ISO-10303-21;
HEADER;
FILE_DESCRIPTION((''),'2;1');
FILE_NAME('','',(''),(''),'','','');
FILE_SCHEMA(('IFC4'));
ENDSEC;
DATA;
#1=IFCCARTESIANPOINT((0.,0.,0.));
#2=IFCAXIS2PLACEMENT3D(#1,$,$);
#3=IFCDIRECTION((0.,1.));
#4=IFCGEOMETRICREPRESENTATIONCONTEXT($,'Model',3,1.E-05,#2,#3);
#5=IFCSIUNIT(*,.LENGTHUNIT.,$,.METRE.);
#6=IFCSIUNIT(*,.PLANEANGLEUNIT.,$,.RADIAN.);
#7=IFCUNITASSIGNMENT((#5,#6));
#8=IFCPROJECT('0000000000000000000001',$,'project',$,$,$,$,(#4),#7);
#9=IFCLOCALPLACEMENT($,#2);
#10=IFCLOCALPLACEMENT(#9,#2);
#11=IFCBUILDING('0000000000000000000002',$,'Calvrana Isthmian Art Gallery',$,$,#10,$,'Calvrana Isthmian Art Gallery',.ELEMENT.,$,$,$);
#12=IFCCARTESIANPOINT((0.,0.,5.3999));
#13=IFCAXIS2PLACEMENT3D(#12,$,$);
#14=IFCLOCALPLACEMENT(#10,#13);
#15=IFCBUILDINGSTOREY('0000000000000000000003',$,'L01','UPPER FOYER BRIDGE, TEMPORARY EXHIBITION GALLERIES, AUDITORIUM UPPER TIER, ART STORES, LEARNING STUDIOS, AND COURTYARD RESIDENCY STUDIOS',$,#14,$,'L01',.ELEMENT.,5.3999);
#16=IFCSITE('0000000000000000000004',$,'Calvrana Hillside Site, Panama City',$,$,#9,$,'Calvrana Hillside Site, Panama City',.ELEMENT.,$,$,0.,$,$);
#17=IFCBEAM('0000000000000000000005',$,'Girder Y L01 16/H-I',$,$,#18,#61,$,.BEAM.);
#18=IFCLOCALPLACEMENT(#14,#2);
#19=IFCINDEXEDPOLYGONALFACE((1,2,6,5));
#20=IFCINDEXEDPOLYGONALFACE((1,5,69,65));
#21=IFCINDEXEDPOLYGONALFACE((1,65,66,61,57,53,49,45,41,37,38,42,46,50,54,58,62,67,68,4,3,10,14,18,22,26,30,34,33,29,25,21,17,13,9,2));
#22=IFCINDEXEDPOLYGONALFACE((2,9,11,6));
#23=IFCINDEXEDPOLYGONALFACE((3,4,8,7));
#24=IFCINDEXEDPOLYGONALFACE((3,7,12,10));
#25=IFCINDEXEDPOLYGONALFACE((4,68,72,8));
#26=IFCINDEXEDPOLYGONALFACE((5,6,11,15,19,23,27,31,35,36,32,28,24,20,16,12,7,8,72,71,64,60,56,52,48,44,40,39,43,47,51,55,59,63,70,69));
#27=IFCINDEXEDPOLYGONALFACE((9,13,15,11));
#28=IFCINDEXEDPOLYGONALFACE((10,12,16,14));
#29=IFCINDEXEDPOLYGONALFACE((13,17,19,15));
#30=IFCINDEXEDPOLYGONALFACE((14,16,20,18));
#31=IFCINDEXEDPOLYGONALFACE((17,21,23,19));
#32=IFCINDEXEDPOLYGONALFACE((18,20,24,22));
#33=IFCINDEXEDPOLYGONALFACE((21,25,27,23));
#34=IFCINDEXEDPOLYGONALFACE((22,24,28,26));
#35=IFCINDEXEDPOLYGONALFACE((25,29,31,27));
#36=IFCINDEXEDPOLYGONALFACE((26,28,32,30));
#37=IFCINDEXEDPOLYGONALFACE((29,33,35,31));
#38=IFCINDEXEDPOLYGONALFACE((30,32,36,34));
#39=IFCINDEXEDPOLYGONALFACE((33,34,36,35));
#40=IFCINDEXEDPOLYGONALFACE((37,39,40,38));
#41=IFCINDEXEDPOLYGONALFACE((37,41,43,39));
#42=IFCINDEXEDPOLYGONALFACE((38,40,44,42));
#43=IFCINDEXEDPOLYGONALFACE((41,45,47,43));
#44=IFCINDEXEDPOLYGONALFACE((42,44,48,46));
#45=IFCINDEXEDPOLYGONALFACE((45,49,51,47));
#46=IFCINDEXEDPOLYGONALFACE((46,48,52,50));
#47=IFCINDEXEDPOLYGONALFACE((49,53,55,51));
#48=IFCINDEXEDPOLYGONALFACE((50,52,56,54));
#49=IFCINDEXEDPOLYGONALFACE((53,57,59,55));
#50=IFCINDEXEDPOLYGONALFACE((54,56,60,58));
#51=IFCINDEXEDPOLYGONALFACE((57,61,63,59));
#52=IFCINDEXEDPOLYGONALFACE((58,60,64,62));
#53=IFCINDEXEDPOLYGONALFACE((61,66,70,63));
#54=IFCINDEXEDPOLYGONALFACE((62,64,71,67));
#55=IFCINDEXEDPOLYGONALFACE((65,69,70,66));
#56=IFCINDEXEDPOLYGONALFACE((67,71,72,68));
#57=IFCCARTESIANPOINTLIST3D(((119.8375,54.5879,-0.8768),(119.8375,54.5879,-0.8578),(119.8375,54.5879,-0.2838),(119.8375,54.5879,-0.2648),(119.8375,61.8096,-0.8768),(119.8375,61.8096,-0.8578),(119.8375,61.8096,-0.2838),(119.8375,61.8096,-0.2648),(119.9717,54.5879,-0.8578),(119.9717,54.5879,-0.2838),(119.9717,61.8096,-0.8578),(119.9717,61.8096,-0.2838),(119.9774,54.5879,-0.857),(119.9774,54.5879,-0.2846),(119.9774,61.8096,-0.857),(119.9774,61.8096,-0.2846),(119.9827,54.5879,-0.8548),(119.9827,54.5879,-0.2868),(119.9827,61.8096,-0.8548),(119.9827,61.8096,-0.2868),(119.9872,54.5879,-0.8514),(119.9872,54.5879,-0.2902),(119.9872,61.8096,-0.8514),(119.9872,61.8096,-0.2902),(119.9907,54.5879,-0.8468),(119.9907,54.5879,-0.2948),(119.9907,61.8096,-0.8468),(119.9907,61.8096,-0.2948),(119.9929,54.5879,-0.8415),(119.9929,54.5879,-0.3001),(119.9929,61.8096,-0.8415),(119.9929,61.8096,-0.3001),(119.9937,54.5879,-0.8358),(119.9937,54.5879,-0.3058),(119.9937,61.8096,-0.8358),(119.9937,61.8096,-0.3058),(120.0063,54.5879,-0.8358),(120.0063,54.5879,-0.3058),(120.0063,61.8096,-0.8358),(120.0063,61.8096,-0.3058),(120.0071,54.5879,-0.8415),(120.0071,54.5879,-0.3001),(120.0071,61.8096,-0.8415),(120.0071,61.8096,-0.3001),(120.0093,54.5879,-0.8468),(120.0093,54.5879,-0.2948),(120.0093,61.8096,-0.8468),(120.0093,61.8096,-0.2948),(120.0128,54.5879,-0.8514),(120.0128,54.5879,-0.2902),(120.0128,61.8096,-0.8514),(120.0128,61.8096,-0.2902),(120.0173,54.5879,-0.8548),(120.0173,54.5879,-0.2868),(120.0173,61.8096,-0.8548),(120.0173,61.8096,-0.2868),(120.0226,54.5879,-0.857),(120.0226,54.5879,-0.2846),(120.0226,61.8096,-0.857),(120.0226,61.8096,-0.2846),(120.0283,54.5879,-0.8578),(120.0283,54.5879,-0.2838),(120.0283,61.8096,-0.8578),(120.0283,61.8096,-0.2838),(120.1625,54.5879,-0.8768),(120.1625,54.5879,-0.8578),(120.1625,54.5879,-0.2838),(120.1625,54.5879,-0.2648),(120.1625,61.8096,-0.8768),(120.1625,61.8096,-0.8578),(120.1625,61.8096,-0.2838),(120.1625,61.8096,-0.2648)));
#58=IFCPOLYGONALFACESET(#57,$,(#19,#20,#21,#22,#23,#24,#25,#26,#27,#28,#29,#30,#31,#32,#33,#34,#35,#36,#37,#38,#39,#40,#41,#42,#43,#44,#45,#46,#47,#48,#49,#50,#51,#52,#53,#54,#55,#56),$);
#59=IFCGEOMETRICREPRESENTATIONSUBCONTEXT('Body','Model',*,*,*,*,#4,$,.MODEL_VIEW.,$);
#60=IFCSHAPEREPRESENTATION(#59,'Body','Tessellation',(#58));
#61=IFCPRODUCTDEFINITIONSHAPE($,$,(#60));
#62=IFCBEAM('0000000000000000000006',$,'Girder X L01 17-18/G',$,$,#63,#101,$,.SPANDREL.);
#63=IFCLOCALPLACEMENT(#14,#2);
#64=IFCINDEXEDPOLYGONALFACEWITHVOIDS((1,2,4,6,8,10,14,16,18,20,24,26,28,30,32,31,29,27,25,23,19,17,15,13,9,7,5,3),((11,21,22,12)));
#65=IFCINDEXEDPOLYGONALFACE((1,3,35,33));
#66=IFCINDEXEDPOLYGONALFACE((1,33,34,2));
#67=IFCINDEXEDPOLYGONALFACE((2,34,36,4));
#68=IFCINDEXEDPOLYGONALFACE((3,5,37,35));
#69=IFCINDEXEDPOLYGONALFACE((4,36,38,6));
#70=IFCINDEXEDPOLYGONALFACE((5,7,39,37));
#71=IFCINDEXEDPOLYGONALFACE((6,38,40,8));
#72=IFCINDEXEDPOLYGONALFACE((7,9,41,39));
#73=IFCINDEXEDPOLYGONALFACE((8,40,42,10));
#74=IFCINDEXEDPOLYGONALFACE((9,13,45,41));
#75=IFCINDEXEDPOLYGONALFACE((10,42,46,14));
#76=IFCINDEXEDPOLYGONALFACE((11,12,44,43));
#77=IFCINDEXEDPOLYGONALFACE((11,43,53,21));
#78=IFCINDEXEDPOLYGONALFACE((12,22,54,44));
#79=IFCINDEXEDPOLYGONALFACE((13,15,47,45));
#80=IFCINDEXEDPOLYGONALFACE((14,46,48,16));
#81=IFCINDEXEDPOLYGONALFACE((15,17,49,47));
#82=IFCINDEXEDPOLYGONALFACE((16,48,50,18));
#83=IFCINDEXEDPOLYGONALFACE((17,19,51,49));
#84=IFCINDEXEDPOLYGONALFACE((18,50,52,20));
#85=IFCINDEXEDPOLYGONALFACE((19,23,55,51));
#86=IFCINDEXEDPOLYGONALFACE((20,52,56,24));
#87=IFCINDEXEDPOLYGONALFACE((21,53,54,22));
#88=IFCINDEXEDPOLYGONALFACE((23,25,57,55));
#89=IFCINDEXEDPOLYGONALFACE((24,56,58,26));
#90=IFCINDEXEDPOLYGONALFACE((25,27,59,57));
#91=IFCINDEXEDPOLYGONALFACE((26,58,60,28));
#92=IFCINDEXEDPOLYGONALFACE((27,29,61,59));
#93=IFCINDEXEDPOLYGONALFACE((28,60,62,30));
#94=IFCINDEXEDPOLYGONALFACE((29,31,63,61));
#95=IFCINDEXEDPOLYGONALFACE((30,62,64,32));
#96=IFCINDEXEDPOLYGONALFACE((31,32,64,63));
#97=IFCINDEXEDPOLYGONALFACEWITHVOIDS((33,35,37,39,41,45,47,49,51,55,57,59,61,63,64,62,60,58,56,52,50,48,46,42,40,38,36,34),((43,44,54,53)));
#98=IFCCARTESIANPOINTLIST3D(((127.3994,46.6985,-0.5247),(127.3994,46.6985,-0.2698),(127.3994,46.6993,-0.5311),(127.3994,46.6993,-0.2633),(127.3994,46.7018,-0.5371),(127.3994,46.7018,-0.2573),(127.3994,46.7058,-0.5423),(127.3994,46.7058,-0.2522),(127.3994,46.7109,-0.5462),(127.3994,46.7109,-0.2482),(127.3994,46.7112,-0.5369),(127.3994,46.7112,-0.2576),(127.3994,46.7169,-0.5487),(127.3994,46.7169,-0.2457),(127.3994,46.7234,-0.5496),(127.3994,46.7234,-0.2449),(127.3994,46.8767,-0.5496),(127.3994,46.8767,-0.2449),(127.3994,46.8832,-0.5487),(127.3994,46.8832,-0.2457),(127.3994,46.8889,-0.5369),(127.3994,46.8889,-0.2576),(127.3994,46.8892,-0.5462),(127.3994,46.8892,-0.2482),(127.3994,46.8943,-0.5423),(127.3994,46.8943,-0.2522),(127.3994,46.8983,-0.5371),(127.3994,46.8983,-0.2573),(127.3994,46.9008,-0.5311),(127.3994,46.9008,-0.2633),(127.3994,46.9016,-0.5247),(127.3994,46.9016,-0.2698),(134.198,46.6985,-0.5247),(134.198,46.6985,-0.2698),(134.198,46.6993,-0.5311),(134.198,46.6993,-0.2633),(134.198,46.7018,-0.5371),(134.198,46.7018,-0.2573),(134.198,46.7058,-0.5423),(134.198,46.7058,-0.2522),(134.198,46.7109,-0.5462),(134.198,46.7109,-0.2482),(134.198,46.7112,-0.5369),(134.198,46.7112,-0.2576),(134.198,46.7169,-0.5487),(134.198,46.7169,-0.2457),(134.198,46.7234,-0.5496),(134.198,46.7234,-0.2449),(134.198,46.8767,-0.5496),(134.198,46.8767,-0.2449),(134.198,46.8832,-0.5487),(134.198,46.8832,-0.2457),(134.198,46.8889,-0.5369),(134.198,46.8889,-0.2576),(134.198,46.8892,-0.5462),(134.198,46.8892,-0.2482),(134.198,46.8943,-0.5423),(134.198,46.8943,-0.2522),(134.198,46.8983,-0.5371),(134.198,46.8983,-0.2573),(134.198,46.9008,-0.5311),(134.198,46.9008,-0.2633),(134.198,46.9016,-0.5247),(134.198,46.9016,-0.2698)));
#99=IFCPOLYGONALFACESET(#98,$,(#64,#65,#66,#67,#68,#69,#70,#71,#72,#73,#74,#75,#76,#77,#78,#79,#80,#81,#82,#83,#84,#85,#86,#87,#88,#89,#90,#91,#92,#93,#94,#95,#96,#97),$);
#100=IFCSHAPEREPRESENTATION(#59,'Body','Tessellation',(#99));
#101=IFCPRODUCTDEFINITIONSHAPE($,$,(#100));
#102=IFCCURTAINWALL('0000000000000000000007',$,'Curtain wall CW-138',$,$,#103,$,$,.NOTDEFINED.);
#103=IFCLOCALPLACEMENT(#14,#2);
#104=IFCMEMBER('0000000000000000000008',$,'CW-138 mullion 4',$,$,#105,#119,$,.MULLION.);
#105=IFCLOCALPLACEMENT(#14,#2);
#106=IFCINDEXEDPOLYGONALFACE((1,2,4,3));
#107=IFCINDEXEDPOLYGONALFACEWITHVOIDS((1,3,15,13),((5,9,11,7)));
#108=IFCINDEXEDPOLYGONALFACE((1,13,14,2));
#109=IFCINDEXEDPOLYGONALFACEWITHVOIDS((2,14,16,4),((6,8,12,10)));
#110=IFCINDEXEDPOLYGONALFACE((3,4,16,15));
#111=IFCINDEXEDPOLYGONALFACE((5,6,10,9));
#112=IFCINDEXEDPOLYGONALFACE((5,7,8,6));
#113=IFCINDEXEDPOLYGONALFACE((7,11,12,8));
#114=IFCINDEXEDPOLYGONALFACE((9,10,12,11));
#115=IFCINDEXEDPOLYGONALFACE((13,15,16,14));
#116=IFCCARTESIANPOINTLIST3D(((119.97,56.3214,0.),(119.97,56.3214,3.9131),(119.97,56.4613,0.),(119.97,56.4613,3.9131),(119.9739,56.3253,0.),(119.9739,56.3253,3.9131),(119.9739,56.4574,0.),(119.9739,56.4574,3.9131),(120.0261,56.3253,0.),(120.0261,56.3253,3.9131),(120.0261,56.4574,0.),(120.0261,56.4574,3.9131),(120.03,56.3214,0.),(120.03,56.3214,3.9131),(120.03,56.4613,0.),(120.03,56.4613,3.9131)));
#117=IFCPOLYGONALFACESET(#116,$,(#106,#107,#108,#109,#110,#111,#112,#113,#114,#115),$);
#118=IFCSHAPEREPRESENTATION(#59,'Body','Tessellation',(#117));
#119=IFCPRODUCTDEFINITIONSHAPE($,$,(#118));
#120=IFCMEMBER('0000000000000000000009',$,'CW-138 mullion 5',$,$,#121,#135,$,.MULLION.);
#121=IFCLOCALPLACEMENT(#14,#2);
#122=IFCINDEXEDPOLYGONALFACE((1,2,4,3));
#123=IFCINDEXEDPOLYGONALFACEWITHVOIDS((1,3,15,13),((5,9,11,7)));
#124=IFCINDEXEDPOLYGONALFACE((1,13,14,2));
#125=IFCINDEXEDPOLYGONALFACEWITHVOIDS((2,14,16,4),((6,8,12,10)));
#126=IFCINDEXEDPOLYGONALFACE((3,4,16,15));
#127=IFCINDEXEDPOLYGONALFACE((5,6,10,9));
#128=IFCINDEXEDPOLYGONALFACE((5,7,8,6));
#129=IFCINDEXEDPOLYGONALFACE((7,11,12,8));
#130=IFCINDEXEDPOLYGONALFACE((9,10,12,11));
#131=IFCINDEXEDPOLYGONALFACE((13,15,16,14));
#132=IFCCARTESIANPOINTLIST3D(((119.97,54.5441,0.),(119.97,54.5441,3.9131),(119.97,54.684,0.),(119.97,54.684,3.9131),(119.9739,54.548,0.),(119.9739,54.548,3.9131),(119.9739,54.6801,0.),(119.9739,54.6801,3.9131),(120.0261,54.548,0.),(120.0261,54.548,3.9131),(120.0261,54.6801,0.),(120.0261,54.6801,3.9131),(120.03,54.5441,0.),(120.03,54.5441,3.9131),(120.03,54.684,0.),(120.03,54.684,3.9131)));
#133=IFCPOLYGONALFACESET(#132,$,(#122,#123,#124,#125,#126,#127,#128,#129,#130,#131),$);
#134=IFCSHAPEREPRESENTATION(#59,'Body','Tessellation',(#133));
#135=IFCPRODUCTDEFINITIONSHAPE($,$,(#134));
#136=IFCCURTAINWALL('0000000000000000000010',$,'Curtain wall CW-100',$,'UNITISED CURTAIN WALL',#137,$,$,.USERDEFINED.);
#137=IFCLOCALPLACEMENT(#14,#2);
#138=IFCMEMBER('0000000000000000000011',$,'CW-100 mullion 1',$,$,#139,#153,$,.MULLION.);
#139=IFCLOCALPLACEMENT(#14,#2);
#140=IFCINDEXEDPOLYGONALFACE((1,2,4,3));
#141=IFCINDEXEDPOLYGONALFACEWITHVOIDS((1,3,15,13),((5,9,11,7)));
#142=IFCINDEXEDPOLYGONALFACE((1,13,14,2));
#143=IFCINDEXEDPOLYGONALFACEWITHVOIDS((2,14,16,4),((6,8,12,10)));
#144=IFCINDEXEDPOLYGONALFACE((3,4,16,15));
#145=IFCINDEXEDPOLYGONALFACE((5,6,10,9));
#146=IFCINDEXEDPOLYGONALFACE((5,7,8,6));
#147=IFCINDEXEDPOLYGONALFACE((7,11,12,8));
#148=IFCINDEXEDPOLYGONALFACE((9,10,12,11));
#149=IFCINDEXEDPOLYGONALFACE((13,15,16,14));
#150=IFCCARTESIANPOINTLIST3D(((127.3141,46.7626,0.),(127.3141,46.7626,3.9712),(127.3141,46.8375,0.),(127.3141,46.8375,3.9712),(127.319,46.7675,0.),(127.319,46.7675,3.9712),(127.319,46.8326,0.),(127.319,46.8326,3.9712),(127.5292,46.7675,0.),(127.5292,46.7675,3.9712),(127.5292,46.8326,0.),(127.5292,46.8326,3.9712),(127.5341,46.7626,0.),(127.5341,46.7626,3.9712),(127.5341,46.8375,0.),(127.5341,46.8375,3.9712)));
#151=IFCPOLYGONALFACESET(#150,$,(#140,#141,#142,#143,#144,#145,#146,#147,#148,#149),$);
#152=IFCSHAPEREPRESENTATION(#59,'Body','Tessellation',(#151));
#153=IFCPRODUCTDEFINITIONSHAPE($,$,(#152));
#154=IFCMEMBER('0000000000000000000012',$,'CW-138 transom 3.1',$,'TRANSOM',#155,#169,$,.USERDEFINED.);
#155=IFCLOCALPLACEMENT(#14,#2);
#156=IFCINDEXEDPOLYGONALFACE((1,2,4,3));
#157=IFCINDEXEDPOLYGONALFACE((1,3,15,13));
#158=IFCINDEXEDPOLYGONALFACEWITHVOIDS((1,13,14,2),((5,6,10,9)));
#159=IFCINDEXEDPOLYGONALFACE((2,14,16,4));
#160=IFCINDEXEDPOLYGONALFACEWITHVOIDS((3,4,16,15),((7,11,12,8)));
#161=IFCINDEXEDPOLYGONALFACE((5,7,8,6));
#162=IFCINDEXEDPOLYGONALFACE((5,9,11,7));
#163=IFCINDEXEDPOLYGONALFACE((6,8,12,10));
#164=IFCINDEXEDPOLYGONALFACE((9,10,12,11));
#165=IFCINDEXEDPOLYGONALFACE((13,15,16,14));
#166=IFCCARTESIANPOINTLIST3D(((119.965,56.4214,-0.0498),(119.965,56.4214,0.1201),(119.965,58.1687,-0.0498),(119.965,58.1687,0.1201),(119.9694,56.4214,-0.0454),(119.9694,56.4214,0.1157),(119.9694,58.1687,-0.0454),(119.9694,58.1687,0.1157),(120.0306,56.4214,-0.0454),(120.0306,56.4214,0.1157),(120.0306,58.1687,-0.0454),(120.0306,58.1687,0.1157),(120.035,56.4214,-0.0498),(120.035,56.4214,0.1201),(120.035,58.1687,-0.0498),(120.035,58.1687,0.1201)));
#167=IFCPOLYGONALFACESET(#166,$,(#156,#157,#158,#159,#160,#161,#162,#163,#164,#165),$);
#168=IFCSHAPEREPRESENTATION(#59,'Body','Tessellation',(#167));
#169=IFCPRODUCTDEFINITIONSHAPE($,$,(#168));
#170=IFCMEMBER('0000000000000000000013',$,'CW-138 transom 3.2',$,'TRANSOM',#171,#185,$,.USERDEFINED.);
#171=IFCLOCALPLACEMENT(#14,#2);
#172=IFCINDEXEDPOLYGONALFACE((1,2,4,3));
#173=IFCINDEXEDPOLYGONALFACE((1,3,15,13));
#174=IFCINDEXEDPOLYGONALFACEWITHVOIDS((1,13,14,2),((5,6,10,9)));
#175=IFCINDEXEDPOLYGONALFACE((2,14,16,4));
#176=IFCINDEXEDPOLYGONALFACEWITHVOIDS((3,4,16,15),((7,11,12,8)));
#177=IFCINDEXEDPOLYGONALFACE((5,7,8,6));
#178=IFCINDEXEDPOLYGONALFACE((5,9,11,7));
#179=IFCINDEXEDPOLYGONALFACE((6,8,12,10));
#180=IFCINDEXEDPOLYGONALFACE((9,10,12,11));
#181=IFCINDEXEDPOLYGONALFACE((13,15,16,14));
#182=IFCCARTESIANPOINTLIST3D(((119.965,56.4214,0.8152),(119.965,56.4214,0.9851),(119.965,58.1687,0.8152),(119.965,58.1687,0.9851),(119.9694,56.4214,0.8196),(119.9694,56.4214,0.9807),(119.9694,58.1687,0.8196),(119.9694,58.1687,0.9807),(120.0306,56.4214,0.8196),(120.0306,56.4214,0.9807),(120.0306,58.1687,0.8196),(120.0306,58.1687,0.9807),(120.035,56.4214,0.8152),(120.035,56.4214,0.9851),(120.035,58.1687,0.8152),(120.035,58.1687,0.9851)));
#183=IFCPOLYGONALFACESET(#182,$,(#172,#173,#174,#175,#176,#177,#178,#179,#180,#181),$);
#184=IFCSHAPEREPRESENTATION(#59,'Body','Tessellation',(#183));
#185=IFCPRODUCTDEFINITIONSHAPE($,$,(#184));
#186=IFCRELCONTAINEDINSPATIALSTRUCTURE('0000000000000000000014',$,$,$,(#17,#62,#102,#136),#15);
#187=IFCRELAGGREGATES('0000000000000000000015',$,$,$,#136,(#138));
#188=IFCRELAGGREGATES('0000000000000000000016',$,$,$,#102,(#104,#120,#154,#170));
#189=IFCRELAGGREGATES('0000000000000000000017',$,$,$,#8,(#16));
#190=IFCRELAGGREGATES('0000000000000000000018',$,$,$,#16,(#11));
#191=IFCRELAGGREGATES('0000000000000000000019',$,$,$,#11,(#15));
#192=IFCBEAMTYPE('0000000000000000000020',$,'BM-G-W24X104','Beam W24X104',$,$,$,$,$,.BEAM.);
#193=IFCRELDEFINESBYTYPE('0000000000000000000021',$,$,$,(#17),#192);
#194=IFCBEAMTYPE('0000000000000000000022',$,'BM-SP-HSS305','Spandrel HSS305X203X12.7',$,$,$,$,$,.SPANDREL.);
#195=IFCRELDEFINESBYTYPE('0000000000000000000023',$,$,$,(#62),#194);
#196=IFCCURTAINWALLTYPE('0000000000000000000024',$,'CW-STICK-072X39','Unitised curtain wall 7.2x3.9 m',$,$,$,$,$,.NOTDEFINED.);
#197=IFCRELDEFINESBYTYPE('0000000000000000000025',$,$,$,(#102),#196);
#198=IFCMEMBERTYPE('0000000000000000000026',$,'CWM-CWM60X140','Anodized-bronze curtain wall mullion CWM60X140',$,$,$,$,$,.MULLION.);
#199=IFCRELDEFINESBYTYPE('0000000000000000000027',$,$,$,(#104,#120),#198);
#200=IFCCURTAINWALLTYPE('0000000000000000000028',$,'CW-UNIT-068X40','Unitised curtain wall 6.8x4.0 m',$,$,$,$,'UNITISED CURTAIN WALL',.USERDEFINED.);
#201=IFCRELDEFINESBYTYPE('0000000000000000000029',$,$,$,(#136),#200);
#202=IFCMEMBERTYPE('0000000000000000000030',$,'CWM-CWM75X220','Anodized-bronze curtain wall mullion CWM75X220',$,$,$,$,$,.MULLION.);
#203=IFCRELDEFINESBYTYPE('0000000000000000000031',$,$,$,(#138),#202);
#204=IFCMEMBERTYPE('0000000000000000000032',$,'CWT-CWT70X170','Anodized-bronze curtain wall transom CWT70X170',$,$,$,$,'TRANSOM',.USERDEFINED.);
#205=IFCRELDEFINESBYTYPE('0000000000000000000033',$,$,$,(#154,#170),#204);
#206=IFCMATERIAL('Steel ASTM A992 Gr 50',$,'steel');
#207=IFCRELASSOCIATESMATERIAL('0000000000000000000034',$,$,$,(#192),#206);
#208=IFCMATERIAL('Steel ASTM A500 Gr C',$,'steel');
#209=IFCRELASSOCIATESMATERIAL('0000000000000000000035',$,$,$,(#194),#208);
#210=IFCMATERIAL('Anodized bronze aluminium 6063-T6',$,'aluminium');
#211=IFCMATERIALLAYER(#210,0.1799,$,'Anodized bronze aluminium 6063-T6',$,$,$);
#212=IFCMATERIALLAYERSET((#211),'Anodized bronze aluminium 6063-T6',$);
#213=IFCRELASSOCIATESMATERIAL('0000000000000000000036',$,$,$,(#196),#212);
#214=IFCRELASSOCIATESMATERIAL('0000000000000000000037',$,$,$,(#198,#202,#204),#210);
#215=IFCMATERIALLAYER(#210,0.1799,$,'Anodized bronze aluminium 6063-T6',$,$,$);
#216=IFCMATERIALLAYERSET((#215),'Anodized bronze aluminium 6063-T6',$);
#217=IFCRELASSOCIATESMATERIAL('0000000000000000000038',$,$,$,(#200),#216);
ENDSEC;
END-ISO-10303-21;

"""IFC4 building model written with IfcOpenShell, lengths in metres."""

from ifc_helpers import new_model, si_unit, direction, frame, origin, origin_2d, place, context, subcontext, project, spatial, hollow_rectangle, i_section, extrude, material, layer, layer_set, material_profile, profile_set, type_object, element, aggregate, save


model = new_model("IFC4")

# Units and contexts
model_context = context("Model", 3, precision=1e-05, world=origin(), true_north=direction((0.0, 1.0)))
body_context = subcontext(model_context, "Body", "Model", "MODEL_VIEW")
ifc_project = project(units=[si_unit("LENGTHUNIT", "METRE"), si_unit("PLANEANGLEUNIT", "RADIAN")], contexts=[model_context])

# Site, building, storey
site_placement = place(None, origin())
site = spatial("IfcSite", under=ifc_project, at=site_placement, Name="Calvrana Hillside Site, Panama City", LongName="Calvrana Hillside Site, Panama City", CompositionType="ELEMENT", RefElevation=0.0)
building_placement = place(site_placement, origin())
building = spatial("IfcBuilding", under=site, at=building_placement, Name="Calvrana Isthmian Art Gallery", LongName="Calvrana Isthmian Art Gallery", CompositionType="ELEMENT")
storey_placement = place(building_placement, frame((0.0, 0.0, 5.3999)))
storey = spatial("IfcBuildingStorey", under=building, at=storey_placement, Name="L01", Description="UPPER FOYER BRIDGE, TEMPORARY EXHIBITION GALLERIES, AUDITORIUM UPPER TIER, ART STORES, LEARNING STUDIOS, AND COURTYARD RESIDENCY STUDIOS", LongName="L01", CompositionType="ELEMENT", Elevation=5.3999)

# Shared definitions
ifc_material_1 = material(Name="Steel ASTM A992 Gr 50", Category="steel")

# Beams
ifc_material_profile_1 = material_profile(ifc_material_1, i_section(OverallWidth=0.325, OverallDepth=0.6121, WebThickness=0.0127, FlangeThickness=0.019, FilletRadius=0.022, at=origin_2d()), Name="W24X104")
ifc_profile_set_1 = profile_set([ifc_material_profile_1], Name="Steel ASTM A992 Gr 50")
beam_type_1 = type_object("IfcBeamType", Name="BM-G-W24X104", Description="Beam W24X104", PredefinedType="BEAM", material=ifc_profile_set_1)
beam_1_placement = place(storey_placement, frame((120.0, 54.5879, -0.5708), z_axis=(0.0, 1.0, 0.0), x_axis=(-1.0, 0.0, 0.0)))
element("IfcBeam", 1, at=beam_1_placement, inside=storey, type_object=beam_type_1, Name="Girder Y L01 16/H-I", PredefinedType="BEAM", context=body_context, shape_type="SweptSolid", body=[
    extrude(i_section(OverallWidth=0.325, OverallDepth=0.6121, WebThickness=0.0127, FlangeThickness=0.019, FilletRadius=0.022, at=origin_2d()), origin(), (0.0, 0.0, 1.0), 7.2217),
])
ifc_material_2 = material(Name="Steel ASTM A500 Gr C", Category="steel")
ifc_material_profile_2 = material_profile(ifc_material_2, hollow_rectangle(XDim=0.2031, YDim=0.3047, WallThickness=0.0127, OuterFilletRadius=0.0249, at=origin_2d()), Name="HSS305X203X12.7")
ifc_profile_set_2 = profile_set([ifc_material_profile_2], Name="Steel ASTM A500 Gr C")
beam_type_2 = type_object("IfcBeamType", Name="BM-SP-HSS305", Description="Spandrel HSS305X203X12.7", PredefinedType="SPANDREL", material=ifc_profile_set_2)
beam_2_placement = place(storey_placement, frame((127.3994, 46.8, -0.3972), z_axis=(1.0, 0.0, 0.0), x_axis=(0.0, 1.0, 0.0)))
element("IfcBeam", 2, at=beam_2_placement, inside=storey, type_object=beam_type_2, Name="Girder X L01 17-18/G", PredefinedType="SPANDREL", context=body_context, shape_type="SweptSolid", body=[
    extrude(hollow_rectangle(XDim=0.2031, YDim=0.3047, WallThickness=0.0127, OuterFilletRadius=0.0249, at=origin_2d()), origin(), (0.0, 0.0, 1.0), 6.7986),
])

# Curtain wall, members
ifc_material_3 = material(Name="Anodized bronze aluminium 6063-T6", Category="aluminium")
ifc_layer_1 = layer(ifc_material_3, 0.1799, Name="Anodized bronze aluminium 6063-T6")
ifc_layer_set_1 = layer_set([ifc_layer_1], Name="Anodized bronze aluminium 6063-T6")
curtain_wall_type_1 = type_object("IfcCurtainWallType", Name="CW-STICK-072X39", Description="Unitised curtain wall 7.2x3.9 m", PredefinedType="NOTDEFINED", material=ifc_layer_set_1)
curtain_wall_1_placement = place(storey_placement, origin())
curtain_wall_1 = element("IfcCurtainWall", 3, at=curtain_wall_1_placement, inside=storey, type_object=curtain_wall_type_1, Name="Curtain wall CW-138", PredefinedType="NOTDEFINED")
ifc_material_profile_3 = material_profile(ifc_material_3, hollow_rectangle(XDim=0.0601, YDim=0.1399, WallThickness=0.0039, at=origin_2d()), Name="CWM60X140")
ifc_profile_set_3 = profile_set([ifc_material_profile_3], Name="Anodized bronze aluminium 6063-T6")
member_type_1 = type_object("IfcMemberType", Name="CWM-CWM60X140", Description="Anodized-bronze curtain wall mullion CWM60X140", PredefinedType="MULLION", material=ifc_profile_set_3)
member_1_placement = place(storey_placement, frame((120.0, 56.3914, 0.0), z_axis=(0.0, 0.0, 1.0), x_axis=(1.0, 0.0, 0.0)))
member_1 = element("IfcMember", 4, at=member_1_placement, type_object=member_type_1, Name="CW-138 mullion 4", PredefinedType="MULLION", context=body_context, shape_type="SweptSolid", body=[
    extrude(hollow_rectangle(XDim=0.0601, YDim=0.1399, WallThickness=0.0039, at=origin_2d()), origin(), (0.0, 0.0, 1.0), 3.9131),
])
member_2_placement = place(storey_placement, frame((120.0, 54.614, 0.0), z_axis=(0.0, 0.0, 1.0), x_axis=(1.0, 0.0, 0.0)))
member_2 = element("IfcMember", 5, at=member_2_placement, type_object=member_type_1, Name="CW-138 mullion 5", PredefinedType="MULLION", context=body_context, shape_type="SweptSolid", body=[
    extrude(hollow_rectangle(XDim=0.0601, YDim=0.1399, WallThickness=0.0039, at=origin_2d()), origin(), (0.0, 0.0, 1.0), 3.9131),
])

# Curtain wall, member
ifc_layer_2 = layer(ifc_material_3, 0.1799, Name="Anodized bronze aluminium 6063-T6")
ifc_layer_set_2 = layer_set([ifc_layer_2], Name="Anodized bronze aluminium 6063-T6")
curtain_wall_type_2 = type_object("IfcCurtainWallType", Name="CW-UNIT-068X40", Description="Unitised curtain wall 6.8x4.0 m", ElementType="UNITISED CURTAIN WALL", PredefinedType="USERDEFINED", material=ifc_layer_set_2)
curtain_wall_2_placement = place(storey_placement, origin())
curtain_wall_2 = element("IfcCurtainWall", 6, at=curtain_wall_2_placement, inside=storey, type_object=curtain_wall_type_2, Name="Curtain wall CW-100", ObjectType="UNITISED CURTAIN WALL", PredefinedType="USERDEFINED")
ifc_material_profile_4 = material_profile(ifc_material_3, hollow_rectangle(XDim=0.075, YDim=0.22, WallThickness=0.0049, at=origin_2d()), Name="CWM75X220")
ifc_profile_set_4 = profile_set([ifc_material_profile_4], Name="Anodized bronze aluminium 6063-T6")
member_type_2 = type_object("IfcMemberType", Name="CWM-CWM75X220", Description="Anodized-bronze curtain wall mullion CWM75X220", PredefinedType="MULLION", material=ifc_profile_set_4)
member_3_placement = place(storey_placement, frame((127.4241, 46.8, 0.0), z_axis=(0.0, 0.0, 1.0), x_axis=(0.0, 1.0, 0.0)))
member_3 = element("IfcMember", 7, at=member_3_placement, type_object=member_type_2, Name="CW-100 mullion 1", PredefinedType="MULLION", context=body_context, shape_type="SweptSolid", body=[
    extrude(hollow_rectangle(XDim=0.075, YDim=0.22, WallThickness=0.0049, at=origin_2d()), origin(), (0.0, 0.0, 1.0), 3.9712),
])
aggregate(curtain_wall_2, [member_3])

# Members
ifc_material_profile_5 = material_profile(ifc_material_3, hollow_rectangle(XDim=0.0701, YDim=0.1699, WallThickness=0.0044, at=origin_2d()), Name="CWT70X170")
ifc_profile_set_5 = profile_set([ifc_material_profile_5], Name="Anodized bronze aluminium 6063-T6")
member_type_3 = type_object("IfcMemberType", Name="CWT-CWT70X170", Description="Anodized-bronze curtain wall transom CWT70X170", ElementType="TRANSOM", PredefinedType="USERDEFINED", material=ifc_profile_set_5)
member_4_placement = place(storey_placement, frame((120.0, 58.1687, 0.0352), z_axis=(0.0, -1.0, 0.0), x_axis=(1.0, 0.0, 0.0)))
member_4 = element("IfcMember", 8, at=member_4_placement, type_object=member_type_3, Name="CW-138 transom 3.1", ObjectType="TRANSOM", PredefinedType="USERDEFINED", context=body_context, shape_type="SweptSolid", body=[
    extrude(hollow_rectangle(XDim=0.0701, YDim=0.1699, WallThickness=0.0044, at=origin_2d()), origin(), (0.0, 0.0, 1.0), 1.7473),
])
member_5_placement = place(storey_placement, frame((120.0, 58.1687, 0.9001), z_axis=(0.0, -1.0, 0.0), x_axis=(1.0, 0.0, 0.0)))
member_5 = element("IfcMember", 9, at=member_5_placement, type_object=member_type_3, Name="CW-138 transom 3.2", ObjectType="TRANSOM", PredefinedType="USERDEFINED", context=body_context, shape_type="SweptSolid", body=[
    extrude(hollow_rectangle(XDim=0.0701, YDim=0.1699, WallThickness=0.0044, at=origin_2d()), origin(), (0.0, 0.0, 1.0), 1.7473),
])

aggregate(curtain_wall_1, [member_1, member_2, member_4, member_5])

save(model, "model.ifc")
